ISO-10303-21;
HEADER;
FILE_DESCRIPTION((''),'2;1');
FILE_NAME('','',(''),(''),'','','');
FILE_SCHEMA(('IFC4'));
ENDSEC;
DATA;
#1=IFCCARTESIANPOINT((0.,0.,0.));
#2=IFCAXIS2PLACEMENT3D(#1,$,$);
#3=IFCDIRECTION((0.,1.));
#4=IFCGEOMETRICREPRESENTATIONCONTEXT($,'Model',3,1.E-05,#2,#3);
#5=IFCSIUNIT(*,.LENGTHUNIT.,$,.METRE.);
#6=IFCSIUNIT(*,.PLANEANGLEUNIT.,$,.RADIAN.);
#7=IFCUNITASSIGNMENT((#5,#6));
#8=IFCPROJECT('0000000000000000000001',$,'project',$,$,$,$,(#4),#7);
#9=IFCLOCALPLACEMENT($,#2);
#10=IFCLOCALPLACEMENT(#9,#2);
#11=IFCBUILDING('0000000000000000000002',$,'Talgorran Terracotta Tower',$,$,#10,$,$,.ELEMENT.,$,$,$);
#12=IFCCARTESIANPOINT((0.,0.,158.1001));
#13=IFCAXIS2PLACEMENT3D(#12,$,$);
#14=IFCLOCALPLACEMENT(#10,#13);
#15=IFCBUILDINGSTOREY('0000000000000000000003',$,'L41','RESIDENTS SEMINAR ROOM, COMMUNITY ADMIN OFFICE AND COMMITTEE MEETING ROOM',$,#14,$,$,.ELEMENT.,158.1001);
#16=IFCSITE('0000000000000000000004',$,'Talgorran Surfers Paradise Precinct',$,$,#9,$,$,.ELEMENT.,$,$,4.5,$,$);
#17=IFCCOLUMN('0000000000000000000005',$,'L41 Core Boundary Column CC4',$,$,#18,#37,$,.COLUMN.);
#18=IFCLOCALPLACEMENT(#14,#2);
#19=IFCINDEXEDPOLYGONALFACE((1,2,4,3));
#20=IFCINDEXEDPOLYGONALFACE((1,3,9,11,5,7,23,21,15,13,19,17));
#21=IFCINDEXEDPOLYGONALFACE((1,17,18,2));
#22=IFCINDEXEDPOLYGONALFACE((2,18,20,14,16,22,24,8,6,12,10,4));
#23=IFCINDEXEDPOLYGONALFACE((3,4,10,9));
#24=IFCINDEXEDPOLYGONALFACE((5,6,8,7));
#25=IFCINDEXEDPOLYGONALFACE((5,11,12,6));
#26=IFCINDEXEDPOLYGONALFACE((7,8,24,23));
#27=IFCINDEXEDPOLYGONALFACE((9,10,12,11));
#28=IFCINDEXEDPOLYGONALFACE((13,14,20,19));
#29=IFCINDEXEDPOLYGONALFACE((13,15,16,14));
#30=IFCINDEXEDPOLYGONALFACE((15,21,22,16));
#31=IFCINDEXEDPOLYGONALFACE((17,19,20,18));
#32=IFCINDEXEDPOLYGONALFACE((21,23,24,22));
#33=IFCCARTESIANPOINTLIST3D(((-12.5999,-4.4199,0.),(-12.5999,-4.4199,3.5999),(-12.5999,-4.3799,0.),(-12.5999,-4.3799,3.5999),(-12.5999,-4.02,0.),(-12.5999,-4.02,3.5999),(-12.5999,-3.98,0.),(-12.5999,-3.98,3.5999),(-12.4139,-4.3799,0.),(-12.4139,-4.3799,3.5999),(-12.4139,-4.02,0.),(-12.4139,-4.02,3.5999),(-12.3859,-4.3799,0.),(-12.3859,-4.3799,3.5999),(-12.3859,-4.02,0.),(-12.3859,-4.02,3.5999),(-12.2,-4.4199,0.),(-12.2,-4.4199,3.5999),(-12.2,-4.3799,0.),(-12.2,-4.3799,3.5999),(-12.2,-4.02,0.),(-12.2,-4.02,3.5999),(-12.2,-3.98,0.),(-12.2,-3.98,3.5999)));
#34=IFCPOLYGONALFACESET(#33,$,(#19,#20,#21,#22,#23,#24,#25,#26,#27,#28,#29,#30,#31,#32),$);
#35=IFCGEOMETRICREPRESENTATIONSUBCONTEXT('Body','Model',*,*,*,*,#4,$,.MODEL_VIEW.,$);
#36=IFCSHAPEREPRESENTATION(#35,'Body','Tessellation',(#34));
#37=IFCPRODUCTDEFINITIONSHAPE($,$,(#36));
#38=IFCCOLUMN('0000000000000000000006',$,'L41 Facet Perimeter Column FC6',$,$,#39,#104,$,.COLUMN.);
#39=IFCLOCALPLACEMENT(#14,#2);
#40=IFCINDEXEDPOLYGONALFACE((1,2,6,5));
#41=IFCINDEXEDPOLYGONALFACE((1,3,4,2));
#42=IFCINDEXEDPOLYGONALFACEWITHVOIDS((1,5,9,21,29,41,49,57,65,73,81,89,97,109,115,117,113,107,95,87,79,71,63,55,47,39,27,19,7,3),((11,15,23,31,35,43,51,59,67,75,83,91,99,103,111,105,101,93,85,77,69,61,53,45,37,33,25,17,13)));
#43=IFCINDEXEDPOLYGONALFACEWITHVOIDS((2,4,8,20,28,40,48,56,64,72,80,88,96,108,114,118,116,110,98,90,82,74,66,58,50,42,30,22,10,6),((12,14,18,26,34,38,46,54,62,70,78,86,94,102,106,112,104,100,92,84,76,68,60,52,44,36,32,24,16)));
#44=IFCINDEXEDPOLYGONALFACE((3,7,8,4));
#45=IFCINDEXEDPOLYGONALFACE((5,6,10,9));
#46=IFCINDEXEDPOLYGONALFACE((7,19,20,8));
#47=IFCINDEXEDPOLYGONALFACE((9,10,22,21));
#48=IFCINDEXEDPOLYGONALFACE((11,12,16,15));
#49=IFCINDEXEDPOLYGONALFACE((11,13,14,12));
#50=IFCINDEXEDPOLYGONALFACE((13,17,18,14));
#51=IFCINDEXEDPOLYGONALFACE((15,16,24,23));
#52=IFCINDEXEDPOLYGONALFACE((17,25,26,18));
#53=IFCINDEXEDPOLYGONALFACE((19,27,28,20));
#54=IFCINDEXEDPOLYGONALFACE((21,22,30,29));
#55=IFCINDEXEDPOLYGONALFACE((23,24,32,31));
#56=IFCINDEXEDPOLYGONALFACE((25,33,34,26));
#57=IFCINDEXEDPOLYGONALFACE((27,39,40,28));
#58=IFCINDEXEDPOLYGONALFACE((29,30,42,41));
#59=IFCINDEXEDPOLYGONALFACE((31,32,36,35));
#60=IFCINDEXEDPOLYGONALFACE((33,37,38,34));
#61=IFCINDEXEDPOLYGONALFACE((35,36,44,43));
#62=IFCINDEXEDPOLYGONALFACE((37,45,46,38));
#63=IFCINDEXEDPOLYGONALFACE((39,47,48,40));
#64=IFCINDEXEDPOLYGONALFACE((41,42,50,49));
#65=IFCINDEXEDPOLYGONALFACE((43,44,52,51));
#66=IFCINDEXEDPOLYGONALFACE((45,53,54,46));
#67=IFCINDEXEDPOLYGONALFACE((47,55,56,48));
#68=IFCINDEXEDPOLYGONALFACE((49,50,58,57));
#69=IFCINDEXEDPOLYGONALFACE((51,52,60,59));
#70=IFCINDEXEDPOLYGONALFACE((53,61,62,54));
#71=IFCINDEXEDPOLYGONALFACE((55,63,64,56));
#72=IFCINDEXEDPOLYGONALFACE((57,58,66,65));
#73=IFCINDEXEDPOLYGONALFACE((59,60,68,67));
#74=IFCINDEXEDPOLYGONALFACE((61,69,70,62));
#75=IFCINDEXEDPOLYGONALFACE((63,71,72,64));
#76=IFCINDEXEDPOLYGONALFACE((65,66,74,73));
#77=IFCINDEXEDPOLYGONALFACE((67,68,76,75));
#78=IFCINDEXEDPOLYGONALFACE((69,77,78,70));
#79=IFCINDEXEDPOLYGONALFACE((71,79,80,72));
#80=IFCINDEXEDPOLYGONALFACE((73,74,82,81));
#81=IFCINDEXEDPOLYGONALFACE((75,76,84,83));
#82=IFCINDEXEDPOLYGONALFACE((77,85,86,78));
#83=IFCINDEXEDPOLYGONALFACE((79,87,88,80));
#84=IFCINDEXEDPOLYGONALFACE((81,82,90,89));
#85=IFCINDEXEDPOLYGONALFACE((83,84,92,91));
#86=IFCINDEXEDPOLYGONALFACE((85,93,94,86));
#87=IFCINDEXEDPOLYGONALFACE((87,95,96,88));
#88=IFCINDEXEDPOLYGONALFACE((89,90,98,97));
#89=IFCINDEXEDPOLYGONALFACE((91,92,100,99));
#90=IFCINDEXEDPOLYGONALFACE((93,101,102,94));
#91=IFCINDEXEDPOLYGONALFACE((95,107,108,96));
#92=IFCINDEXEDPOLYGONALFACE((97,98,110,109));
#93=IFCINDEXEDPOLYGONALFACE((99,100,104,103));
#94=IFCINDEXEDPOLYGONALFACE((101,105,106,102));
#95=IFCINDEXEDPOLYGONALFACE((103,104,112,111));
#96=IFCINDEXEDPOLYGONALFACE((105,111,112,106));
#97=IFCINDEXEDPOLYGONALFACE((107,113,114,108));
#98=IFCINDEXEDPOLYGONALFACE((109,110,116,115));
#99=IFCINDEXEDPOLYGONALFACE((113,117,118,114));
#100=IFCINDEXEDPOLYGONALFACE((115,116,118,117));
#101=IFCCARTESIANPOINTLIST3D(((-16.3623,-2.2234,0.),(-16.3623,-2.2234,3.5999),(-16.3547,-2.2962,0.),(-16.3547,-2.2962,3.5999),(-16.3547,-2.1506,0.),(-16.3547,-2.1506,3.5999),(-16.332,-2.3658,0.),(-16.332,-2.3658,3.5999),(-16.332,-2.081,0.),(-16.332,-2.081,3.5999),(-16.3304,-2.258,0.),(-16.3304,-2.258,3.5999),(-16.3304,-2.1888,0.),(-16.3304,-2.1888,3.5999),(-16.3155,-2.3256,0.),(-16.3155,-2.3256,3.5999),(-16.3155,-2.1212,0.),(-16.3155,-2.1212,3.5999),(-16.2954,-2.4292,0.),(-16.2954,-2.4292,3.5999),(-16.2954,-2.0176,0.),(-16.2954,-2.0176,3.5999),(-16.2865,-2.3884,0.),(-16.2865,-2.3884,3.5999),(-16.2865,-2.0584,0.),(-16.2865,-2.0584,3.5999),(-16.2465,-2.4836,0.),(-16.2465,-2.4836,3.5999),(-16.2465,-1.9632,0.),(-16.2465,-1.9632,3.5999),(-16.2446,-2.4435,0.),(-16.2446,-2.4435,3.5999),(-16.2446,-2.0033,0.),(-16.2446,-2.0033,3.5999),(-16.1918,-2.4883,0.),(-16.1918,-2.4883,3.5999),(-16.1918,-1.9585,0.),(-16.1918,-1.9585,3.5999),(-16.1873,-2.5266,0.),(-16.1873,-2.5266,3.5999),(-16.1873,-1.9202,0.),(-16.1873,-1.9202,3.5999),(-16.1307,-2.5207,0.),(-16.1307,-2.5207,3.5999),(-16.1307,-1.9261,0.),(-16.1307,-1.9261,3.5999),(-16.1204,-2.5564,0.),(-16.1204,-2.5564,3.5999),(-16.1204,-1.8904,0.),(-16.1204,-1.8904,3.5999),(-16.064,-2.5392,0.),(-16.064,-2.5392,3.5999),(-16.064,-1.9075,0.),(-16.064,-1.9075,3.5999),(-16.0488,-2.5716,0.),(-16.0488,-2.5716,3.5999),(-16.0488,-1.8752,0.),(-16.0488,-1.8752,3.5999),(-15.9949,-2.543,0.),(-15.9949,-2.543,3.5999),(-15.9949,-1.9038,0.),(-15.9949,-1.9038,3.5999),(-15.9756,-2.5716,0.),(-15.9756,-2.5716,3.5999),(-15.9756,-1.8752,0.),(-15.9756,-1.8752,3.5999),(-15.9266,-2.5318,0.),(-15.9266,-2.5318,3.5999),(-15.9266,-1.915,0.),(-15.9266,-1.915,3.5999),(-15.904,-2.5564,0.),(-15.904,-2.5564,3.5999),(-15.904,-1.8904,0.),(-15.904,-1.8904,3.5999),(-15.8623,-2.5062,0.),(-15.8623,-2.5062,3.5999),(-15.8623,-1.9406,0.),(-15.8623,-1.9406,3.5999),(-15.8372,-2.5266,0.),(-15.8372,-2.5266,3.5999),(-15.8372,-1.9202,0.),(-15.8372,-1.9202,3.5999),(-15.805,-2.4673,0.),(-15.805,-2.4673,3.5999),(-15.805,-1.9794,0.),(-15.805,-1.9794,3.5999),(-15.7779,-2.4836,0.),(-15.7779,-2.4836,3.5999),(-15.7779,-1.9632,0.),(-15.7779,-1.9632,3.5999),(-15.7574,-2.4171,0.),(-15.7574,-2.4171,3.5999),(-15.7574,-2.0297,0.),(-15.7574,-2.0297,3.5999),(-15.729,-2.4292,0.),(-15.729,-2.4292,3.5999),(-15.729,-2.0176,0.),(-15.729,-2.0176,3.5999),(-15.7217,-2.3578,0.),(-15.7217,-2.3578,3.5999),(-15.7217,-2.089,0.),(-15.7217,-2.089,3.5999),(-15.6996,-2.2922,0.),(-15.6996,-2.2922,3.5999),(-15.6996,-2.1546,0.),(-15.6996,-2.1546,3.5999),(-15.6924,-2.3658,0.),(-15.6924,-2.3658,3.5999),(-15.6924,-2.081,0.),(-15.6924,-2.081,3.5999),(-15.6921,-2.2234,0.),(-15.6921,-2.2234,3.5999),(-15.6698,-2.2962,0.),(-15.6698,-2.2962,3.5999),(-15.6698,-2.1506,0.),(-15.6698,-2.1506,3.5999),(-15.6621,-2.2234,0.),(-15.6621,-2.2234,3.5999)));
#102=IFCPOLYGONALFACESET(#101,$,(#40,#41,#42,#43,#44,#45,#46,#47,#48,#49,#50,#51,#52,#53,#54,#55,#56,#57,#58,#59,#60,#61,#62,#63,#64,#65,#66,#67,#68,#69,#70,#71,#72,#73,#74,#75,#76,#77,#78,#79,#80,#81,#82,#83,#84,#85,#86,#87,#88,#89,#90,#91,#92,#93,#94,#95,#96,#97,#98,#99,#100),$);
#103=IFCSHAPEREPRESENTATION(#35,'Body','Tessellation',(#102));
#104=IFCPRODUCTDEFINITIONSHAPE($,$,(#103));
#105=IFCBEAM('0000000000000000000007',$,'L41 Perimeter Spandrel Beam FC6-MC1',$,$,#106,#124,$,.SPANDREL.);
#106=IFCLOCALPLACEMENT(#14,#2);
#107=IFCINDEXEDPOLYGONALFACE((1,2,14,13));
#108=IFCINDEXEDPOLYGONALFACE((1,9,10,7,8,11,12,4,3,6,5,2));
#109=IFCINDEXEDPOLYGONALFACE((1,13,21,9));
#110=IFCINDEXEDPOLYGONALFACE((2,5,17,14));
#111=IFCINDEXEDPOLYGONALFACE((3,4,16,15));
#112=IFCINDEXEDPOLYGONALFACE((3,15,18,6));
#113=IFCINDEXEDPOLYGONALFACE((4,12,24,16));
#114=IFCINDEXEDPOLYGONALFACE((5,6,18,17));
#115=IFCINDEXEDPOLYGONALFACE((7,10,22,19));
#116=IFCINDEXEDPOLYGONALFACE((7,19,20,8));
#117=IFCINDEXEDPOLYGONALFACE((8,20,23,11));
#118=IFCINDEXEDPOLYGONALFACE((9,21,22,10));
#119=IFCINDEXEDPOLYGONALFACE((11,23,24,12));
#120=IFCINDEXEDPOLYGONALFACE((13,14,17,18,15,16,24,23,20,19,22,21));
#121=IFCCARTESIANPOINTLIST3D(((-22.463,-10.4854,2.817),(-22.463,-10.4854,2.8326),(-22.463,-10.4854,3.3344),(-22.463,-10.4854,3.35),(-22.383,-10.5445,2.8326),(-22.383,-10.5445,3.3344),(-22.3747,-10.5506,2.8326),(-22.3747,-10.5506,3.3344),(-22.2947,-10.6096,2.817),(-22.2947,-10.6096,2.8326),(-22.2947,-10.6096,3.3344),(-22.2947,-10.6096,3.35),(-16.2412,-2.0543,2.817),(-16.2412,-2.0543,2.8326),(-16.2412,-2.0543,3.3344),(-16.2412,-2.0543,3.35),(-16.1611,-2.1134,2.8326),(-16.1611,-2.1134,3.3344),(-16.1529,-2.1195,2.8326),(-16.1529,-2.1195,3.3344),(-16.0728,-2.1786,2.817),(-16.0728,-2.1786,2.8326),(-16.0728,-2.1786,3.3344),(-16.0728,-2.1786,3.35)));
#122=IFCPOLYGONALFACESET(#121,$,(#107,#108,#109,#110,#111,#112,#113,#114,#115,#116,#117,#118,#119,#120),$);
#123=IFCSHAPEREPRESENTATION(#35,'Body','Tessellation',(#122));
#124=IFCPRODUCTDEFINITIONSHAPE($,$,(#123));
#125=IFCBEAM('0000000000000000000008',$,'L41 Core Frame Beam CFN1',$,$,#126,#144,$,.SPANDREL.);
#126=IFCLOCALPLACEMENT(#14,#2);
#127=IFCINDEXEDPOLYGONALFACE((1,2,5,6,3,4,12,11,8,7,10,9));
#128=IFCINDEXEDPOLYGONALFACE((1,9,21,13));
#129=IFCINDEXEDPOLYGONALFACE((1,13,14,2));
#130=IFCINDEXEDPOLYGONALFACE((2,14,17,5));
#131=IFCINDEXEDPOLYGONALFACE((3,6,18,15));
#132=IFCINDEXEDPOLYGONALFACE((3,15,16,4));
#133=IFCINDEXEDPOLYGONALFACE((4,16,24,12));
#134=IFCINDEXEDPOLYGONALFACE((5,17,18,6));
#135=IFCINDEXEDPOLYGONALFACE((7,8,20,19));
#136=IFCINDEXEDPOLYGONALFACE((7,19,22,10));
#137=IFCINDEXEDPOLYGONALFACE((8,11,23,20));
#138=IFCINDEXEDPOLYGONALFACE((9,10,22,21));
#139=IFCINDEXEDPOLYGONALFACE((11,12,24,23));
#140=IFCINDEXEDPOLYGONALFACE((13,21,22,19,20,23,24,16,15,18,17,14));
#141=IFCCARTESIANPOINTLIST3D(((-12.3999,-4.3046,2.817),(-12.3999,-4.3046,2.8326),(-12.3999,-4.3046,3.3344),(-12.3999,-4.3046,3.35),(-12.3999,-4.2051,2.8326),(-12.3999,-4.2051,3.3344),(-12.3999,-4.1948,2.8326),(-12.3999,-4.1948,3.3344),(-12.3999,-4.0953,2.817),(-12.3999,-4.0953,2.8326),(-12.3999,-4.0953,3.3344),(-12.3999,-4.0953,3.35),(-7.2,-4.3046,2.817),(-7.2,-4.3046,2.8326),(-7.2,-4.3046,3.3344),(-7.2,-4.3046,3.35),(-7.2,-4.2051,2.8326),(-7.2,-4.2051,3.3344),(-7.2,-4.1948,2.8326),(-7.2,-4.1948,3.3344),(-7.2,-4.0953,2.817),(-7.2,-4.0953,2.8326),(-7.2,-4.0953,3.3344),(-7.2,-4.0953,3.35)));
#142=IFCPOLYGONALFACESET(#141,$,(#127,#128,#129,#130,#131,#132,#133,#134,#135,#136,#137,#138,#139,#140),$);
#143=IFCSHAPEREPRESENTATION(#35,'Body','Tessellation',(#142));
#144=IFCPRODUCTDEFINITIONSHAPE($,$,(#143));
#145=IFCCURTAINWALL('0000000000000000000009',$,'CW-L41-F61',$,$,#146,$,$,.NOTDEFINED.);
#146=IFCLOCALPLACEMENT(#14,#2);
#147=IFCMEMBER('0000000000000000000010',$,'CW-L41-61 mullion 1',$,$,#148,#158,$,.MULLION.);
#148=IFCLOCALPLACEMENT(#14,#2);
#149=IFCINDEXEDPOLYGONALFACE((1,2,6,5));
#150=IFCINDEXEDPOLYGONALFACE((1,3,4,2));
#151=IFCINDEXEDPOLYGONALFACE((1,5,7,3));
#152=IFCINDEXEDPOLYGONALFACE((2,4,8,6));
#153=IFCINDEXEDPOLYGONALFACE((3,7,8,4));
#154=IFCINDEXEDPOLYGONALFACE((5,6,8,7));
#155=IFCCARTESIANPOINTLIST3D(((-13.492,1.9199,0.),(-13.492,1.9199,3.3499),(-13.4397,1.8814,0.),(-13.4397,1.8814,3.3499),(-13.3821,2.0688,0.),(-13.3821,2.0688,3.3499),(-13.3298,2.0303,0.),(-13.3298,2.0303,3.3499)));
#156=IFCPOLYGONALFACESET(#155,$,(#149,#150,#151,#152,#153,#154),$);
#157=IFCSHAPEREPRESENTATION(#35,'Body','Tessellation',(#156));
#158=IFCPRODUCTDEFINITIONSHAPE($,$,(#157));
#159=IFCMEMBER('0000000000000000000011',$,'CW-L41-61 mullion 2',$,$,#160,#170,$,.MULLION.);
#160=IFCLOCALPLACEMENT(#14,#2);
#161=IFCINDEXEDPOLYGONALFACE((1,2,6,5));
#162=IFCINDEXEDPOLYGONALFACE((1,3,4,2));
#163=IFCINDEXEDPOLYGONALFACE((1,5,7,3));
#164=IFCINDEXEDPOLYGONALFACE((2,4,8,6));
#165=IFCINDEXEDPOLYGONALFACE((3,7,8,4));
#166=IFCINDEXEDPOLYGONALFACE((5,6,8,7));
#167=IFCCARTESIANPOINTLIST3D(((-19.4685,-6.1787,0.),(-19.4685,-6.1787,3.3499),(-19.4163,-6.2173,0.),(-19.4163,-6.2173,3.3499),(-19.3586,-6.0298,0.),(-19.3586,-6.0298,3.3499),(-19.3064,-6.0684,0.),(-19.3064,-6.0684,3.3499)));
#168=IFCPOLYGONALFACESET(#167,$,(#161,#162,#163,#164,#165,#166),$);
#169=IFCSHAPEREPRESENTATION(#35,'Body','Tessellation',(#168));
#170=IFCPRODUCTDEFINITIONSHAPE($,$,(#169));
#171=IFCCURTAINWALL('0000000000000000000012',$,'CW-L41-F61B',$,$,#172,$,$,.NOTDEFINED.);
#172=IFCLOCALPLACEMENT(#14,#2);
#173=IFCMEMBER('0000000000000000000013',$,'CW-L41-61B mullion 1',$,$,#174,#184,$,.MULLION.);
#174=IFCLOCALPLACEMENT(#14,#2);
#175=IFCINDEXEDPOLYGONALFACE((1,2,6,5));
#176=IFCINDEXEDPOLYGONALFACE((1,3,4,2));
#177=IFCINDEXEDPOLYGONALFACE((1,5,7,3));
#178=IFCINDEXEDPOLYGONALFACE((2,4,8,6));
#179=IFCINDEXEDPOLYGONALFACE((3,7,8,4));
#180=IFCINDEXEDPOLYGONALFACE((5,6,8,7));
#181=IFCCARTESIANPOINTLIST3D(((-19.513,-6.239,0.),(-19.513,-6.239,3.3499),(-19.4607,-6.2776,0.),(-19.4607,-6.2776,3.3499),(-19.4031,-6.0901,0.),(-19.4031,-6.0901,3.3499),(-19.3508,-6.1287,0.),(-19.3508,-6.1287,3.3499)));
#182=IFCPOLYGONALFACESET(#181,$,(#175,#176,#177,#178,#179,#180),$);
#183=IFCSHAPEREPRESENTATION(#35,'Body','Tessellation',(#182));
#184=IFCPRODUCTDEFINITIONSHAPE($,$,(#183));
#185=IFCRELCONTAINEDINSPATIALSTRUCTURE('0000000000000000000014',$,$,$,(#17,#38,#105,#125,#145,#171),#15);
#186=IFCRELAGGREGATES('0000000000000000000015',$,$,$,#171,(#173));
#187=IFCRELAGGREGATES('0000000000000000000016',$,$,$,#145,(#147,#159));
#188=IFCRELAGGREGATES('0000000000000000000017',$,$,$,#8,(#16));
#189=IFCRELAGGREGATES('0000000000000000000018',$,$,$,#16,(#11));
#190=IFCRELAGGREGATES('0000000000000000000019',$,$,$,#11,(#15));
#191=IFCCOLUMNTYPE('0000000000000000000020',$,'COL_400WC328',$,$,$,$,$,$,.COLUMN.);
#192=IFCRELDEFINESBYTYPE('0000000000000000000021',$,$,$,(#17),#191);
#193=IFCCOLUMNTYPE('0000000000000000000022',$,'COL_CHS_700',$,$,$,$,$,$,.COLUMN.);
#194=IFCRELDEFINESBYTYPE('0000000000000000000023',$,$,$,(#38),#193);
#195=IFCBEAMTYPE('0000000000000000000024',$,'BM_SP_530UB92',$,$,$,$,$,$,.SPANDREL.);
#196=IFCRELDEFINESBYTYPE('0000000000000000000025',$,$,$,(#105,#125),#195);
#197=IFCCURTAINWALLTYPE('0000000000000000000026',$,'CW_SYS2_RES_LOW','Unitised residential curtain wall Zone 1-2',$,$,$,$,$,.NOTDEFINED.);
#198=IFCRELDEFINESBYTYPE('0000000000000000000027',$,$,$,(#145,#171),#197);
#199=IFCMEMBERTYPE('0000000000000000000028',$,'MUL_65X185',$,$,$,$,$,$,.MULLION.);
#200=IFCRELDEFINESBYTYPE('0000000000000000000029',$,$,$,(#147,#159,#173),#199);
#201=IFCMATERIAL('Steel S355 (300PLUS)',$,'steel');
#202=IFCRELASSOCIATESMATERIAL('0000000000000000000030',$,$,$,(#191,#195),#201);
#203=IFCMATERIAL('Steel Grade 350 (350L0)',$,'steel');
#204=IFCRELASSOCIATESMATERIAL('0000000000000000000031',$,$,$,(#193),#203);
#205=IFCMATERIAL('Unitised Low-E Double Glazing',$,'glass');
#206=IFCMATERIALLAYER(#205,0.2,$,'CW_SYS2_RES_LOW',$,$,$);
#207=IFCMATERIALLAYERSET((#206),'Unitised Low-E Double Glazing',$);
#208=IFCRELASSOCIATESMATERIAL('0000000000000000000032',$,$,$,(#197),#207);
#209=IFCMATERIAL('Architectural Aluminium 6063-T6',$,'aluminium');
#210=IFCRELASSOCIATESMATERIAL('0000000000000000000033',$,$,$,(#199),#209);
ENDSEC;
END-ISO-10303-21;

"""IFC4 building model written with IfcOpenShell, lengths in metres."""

from ifc_helpers import new_model, si_unit, direction, frame, origin, origin_2d, place, context, subcontext, project, spatial, rectangle, hollow_circle, i_section, extrude, material, layer, layer_set, material_profile, profile_set, type_object, element, aggregate, save


model = new_model("IFC4")

# Units and contexts
model_context = context("Model", 3, precision=1e-05, world=origin(), true_north=direction((0.0, 1.0)))
body_context = subcontext(model_context, "Body", "Model", "MODEL_VIEW")
ifc_project = project(units=[si_unit("LENGTHUNIT", "METRE"), si_unit("PLANEANGLEUNIT", "RADIAN")], contexts=[model_context])

# Site, building, storey
site_placement = place(None, origin())
site = spatial("IfcSite", under=ifc_project, at=site_placement, Name="Talgorran Surfers Paradise Precinct", CompositionType="ELEMENT", RefElevation=4.5)
building_placement = place(site_placement, origin())
building = spatial("IfcBuilding", under=site, at=building_placement, Name="Talgorran Terracotta Tower", CompositionType="ELEMENT")
storey_placement = place(building_placement, frame((0.0, 0.0, 158.1001)))
storey = spatial("IfcBuildingStorey", under=building, at=storey_placement, Name="L41", Description="RESIDENTS SEMINAR ROOM, COMMUNITY ADMIN OFFICE AND COMMITTEE MEETING ROOM", CompositionType="ELEMENT", Elevation=158.1001)

# Columns
ifc_material_1 = material(Name="Steel S355 (300PLUS)", Category="steel")
ifc_material_profile_1 = material_profile(ifc_material_1, i_section(OverallWidth=0.3999, OverallDepth=0.4399, WebThickness=0.0281, FlangeThickness=0.04, at=origin_2d()), Name="400WC328")
ifc_profile_set_1 = profile_set([ifc_material_profile_1], Name="Steel S355 (300PLUS)")
column_type_1 = type_object("IfcColumnType", Name="COL_400WC328", PredefinedType="COLUMN", material=ifc_profile_set_1)
column_1_placement = place(storey_placement, frame((-12.3999, -4.2, 0.0), z_axis=(0.0, 0.0, 1.0), x_axis=(1.0, 0.0, 0.0)))
element("IfcColumn", 1, at=column_1_placement, inside=storey, type_object=column_type_1, Name="L41 Core Boundary Column CC4", PredefinedType="COLUMN", context=body_context, shape_type="SweptSolid", body=[
    extrude(i_section(OverallWidth=0.3999, OverallDepth=0.4399, WebThickness=0.0281, FlangeThickness=0.04, at=origin_2d()), origin(), (0.0, 0.0, 1.0), 3.5999),
])
ifc_material_2 = material(Name="Steel Grade 350 (350L0)", Category="steel")
ifc_material_profile_2 = material_profile(ifc_material_2, hollow_circle(Radius=0.3501, WallThickness=0.03, at=origin_2d()), Name="CHS700X30")
ifc_profile_set_2 = profile_set([ifc_material_profile_2], Name="Steel Grade 350 (350L0)")
column_type_2 = type_object("IfcColumnType", Name="COL_CHS_700", PredefinedType="COLUMN", material=ifc_profile_set_2)
column_2_placement = place(storey_placement, frame((-16.0122, -2.2234, 0.0), z_axis=(0.0, 0.0, 1.0), x_axis=(1.0, 0.0, 0.0)))
element("IfcColumn", 2, at=column_2_placement, inside=storey, type_object=column_type_2, Name="L41 Facet Perimeter Column FC6", PredefinedType="COLUMN", context=body_context, shape_type="SweptSolid", body=[
    extrude(hollow_circle(Radius=0.3501, WallThickness=0.03, at=origin_2d()), origin(), (0.0, 0.0, 1.0), 3.5999),
])

# Beams
ifc_material_profile_3 = material_profile(ifc_material_1, i_section(OverallWidth=0.2092, OverallDepth=0.533, WebThickness=0.0103, FlangeThickness=0.0156, at=origin_2d()), Name="530UB92.4")
ifc_profile_set_3 = profile_set([ifc_material_profile_3], Name="Steel S355 (300PLUS)")
beam_type = type_object("IfcBeamType", Name="BM_SP_530UB92", PredefinedType="SPANDREL", material=ifc_profile_set_3)
beam_1_placement = place(storey_placement, frame((-16.157, -2.1165, 3.0835), z_axis=(-0.593786, -0.804623, 0.0), x_axis=(0.804623, -0.593786, 0.0)))
element("IfcBeam", 3, at=beam_1_placement, inside=storey, type_object=beam_type, Name="L41 Perimeter Spandrel Beam FC6-MC1", PredefinedType="SPANDREL", context=body_context, shape_type="SweptSolid", body=[
    extrude(i_section(OverallWidth=0.2092, OverallDepth=0.533, WebThickness=0.0103, FlangeThickness=0.0156, at=origin_2d()), origin(), (0.0, 0.0, 1.0), 10.4783),
])
beam_2_placement = place(storey_placement, frame((-12.3999, -4.2, 3.0835), z_axis=(1.0, 0.0, 0.0), x_axis=(0.0, 1.0, 0.0)))
element("IfcBeam", 4, at=beam_2_placement, inside=storey, type_object=beam_type, Name="L41 Core Frame Beam CFN1", PredefinedType="SPANDREL", context=body_context, shape_type="SweptSolid", body=[
    extrude(i_section(OverallWidth=0.2092, OverallDepth=0.533, WebThickness=0.0103, FlangeThickness=0.0156, at=origin_2d()), origin(), (0.0, 0.0, 1.0), 5.2),
])

# Curtain wall, members
ifc_material_3 = material(Name="Unitised Low-E Double Glazing", Category="glass")
ifc_layer_1 = layer(ifc_material_3, 0.2, Name="CW_SYS2_RES_LOW")
ifc_layer_set_1 = layer_set([ifc_layer_1], Name="Unitised Low-E Double Glazing")
curtain_wall_type = type_object("IfcCurtainWallType", Name="CW_SYS2_RES_LOW", Description="Unitised residential curtain wall Zone 1-2", PredefinedType="NOTDEFINED", material=ifc_layer_set_1)
curtain_wall_1_placement = place(storey_placement, origin())
curtain_wall_1 = element("IfcCurtainWall", 5, at=curtain_wall_1_placement, inside=storey, type_object=curtain_wall_type, Name="CW-L41-F61", PredefinedType="NOTDEFINED")
ifc_material_4 = material(Name="Architectural Aluminium 6063-T6", Category="aluminium")
ifc_material_profile_4 = material_profile(ifc_material_4, rectangle(XDim=0.0649, YDim=0.1851, at=origin_2d()), Name="CWM65X185")
ifc_profile_set_4 = profile_set([ifc_material_profile_4], Name="Architectural Aluminium 6063-T6")
member_type_1 = type_object("IfcMemberType", Name="MUL_65X185", PredefinedType="MULLION", material=ifc_profile_set_4)
member_1_placement = place(storey_placement, frame((-13.4109, 1.9751, 0.0), z_axis=(0.0, 0.0, 1.0), x_axis=(0.804623, -0.593786, 0.0)))
member_1 = element("IfcMember", 6, at=member_1_placement, type_object=member_type_1, Name="CW-L41-61 mullion 1", PredefinedType="MULLION", context=body_context, shape_type="SweptSolid", body=[
    extrude(rectangle(XDim=0.0649, YDim=0.1851, at=origin_2d()), origin(), (0.0, 0.0, 1.0), 3.3499),
])
member_2_placement = place(storey_placement, frame((-19.3875, -6.1235, 0.0), z_axis=(0.0, 0.0, 1.0), x_axis=(0.804623, -0.593786, 0.0)))
member_2 = element("IfcMember", 7, at=member_2_placement, type_object=member_type_1, Name="CW-L41-61 mullion 2", PredefinedType="MULLION", context=body_context, shape_type="SweptSolid", body=[
    extrude(rectangle(XDim=0.0649, YDim=0.1851, at=origin_2d()), origin(), (0.0, 0.0, 1.0), 3.3499),
])

# Curtain wall, member
curtain_wall_2_placement = place(storey_placement, origin())
curtain_wall_2 = element("IfcCurtainWall", 8, at=curtain_wall_2_placement, inside=storey, type_object=curtain_wall_type, Name="CW-L41-F61B", PredefinedType="NOTDEFINED")
member_3_placement = place(storey_placement, frame((-19.4319, -6.1838, 0.0), z_axis=(0.0, 0.0, 1.0), x_axis=(0.804615, -0.593797, 0.0)))
member_3 = element("IfcMember", 9, at=member_3_placement, type_object=member_type_1, Name="CW-L41-61B mullion 1", PredefinedType="MULLION", context=body_context, shape_type="SweptSolid", body=[
    extrude(rectangle(XDim=0.0649, YDim=0.1851, at=origin_2d()), origin(), (0.0, 0.0, 1.0), 3.3499),
])

aggregate(curtain_wall_2, [member_3])

aggregate(curtain_wall_1, [member_1, member_2])

save(model, "model.ifc")
